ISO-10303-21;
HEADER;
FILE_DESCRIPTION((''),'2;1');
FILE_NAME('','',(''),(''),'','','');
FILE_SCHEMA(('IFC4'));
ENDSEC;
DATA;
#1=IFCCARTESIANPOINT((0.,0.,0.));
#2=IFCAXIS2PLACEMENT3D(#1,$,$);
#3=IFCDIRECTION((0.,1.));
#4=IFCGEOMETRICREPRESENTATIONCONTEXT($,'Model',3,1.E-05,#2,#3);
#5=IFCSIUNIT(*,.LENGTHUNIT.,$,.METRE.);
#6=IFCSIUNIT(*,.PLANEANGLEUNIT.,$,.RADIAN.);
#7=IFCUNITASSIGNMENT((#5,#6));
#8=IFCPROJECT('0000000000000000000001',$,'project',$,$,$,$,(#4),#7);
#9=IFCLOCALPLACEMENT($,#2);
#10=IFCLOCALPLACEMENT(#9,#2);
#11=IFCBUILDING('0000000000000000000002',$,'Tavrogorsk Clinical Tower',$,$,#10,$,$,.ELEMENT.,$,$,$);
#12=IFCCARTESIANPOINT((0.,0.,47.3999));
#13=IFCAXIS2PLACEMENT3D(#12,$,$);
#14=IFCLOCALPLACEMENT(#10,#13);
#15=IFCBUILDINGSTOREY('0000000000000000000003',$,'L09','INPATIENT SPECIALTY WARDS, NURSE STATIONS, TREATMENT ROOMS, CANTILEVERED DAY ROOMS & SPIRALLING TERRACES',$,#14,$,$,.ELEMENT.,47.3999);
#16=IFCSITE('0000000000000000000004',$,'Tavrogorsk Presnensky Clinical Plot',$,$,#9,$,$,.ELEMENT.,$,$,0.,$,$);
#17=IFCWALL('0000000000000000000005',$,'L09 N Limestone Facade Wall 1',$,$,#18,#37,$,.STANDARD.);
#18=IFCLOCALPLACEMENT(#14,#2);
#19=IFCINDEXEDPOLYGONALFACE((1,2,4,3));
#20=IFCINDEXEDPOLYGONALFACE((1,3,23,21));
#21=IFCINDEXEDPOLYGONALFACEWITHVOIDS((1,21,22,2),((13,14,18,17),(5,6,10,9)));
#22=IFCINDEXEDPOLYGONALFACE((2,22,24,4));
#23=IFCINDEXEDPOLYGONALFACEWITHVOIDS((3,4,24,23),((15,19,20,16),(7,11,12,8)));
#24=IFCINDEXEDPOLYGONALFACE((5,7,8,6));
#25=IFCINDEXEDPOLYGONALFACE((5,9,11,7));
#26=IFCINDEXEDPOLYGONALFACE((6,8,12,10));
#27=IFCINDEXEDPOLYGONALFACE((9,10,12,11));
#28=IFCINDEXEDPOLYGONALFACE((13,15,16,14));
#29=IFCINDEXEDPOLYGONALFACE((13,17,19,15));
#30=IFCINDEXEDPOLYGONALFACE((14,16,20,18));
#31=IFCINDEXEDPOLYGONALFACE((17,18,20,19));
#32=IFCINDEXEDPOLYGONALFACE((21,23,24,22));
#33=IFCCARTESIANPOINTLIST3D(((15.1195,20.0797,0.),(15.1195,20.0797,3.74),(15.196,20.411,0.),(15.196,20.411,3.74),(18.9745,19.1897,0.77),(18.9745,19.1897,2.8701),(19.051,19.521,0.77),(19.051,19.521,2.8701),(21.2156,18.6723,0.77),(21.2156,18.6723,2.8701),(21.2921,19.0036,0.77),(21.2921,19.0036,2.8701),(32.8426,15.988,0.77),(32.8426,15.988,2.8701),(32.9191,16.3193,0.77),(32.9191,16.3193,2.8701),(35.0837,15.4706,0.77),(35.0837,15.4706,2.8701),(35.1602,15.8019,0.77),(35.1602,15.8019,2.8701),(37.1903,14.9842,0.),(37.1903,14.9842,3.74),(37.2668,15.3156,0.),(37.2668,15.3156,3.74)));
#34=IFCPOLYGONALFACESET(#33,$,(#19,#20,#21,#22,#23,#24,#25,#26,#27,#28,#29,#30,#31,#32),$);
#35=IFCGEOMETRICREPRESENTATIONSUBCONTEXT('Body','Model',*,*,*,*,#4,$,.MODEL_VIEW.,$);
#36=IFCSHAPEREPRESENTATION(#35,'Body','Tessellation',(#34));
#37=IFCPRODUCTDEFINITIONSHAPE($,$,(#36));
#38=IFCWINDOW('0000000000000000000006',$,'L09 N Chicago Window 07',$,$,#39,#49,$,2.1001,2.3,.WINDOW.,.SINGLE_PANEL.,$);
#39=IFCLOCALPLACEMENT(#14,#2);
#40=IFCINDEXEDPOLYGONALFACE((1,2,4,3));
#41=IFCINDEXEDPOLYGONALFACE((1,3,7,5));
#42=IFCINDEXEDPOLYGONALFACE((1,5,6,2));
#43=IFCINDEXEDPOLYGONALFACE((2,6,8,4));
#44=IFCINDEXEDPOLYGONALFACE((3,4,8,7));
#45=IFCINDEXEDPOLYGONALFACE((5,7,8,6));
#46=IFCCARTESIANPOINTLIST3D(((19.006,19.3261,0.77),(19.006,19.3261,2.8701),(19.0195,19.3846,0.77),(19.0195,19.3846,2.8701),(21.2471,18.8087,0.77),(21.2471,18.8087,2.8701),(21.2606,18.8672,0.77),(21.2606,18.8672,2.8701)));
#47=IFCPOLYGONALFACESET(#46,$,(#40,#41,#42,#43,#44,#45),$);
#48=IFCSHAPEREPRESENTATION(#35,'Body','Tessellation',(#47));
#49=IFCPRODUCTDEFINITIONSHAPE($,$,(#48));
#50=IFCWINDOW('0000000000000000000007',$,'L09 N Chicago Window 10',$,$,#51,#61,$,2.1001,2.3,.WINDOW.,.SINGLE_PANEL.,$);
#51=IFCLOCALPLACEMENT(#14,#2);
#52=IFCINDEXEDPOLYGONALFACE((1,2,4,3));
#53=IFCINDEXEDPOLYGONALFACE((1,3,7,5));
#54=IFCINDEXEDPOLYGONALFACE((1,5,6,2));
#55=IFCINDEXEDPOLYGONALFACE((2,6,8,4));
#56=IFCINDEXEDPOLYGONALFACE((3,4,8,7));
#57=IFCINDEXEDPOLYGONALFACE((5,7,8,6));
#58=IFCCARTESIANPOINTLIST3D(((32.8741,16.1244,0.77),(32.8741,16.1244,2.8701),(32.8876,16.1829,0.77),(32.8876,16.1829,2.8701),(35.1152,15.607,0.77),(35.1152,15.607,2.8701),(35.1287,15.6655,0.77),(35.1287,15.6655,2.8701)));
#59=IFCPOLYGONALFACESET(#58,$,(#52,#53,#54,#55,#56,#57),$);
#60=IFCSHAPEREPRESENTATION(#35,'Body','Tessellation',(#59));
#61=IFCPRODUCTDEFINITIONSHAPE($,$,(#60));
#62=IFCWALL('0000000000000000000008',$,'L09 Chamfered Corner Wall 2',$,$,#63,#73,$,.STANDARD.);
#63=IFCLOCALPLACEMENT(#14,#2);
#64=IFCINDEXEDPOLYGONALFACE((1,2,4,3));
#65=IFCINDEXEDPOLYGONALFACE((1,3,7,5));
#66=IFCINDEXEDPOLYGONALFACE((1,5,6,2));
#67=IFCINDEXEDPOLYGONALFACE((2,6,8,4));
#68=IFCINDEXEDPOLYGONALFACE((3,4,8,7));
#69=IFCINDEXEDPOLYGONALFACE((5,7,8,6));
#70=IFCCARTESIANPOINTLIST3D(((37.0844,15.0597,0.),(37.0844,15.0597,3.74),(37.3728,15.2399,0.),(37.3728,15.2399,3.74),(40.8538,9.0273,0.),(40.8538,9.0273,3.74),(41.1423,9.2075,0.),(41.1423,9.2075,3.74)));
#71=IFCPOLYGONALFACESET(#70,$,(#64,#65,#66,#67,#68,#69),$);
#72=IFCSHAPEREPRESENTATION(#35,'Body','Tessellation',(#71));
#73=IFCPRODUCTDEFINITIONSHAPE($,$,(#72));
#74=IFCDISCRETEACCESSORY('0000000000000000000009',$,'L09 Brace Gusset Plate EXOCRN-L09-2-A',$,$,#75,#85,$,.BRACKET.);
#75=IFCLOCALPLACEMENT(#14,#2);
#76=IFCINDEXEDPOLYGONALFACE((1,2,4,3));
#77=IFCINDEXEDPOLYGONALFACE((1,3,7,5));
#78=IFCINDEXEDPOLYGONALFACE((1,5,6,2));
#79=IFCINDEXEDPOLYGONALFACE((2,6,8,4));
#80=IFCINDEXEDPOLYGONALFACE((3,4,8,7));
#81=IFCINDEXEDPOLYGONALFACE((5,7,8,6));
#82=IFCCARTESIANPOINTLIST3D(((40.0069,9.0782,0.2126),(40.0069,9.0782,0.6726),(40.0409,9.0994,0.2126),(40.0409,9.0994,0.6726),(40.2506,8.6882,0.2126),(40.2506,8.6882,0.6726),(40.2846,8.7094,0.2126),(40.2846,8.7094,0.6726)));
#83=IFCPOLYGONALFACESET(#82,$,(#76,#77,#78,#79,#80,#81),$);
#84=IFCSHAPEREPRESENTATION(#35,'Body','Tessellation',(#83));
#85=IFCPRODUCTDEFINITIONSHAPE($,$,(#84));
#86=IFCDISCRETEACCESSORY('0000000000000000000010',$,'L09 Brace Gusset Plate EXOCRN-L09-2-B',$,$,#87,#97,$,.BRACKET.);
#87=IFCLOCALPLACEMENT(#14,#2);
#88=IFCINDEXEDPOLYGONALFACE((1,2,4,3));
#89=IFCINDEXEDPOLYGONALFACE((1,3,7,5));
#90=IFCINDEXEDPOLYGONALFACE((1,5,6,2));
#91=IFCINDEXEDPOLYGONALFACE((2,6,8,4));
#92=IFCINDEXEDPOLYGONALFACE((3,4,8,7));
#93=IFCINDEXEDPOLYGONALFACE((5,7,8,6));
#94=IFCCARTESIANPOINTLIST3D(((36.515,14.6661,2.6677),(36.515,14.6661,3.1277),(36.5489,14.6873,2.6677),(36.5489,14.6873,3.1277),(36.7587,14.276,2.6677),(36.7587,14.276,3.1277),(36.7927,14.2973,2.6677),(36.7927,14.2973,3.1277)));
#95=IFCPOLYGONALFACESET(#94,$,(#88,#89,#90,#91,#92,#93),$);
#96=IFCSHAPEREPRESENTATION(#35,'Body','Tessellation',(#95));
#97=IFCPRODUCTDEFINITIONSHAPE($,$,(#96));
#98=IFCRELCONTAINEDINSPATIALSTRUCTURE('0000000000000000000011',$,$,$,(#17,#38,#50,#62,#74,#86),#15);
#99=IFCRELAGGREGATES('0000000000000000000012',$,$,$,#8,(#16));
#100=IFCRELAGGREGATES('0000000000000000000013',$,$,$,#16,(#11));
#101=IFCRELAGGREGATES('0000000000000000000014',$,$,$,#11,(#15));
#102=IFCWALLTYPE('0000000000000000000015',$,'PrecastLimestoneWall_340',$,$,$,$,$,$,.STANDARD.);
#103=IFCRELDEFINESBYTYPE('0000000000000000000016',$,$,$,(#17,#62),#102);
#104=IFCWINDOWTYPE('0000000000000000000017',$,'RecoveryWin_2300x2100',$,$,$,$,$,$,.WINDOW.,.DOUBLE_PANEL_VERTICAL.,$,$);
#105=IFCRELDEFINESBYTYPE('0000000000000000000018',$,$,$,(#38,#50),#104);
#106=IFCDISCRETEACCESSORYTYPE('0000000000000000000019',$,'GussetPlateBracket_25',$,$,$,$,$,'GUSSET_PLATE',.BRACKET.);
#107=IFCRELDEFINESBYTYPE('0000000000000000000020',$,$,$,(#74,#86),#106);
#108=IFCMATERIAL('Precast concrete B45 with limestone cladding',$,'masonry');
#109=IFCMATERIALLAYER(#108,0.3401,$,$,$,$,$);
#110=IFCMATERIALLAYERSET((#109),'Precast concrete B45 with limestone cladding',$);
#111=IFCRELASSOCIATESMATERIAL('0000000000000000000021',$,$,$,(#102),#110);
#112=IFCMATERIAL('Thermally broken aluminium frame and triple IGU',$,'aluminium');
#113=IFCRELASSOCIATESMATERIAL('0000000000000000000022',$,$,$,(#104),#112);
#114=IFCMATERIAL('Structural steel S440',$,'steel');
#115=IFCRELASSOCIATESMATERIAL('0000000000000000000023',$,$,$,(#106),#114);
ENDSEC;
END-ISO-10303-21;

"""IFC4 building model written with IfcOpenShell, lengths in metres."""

from ifc_helpers import new_model, si_unit, direction, frame, frame_2d, origin, origin_2d, place, context, subcontext, project, spatial, rectangle, extrude, material, layer, layer_set, type_object, element, fill, save


model = new_model("IFC4")

# Units and contexts
model_context = context("Model", 3, precision=1e-05, world=origin(), true_north=direction((0.0, 1.0)))
body_context = subcontext(model_context, "Body", "Model", "MODEL_VIEW")
ifc_project = project(units=[si_unit("LENGTHUNIT", "METRE"), si_unit("PLANEANGLEUNIT", "RADIAN")], contexts=[model_context])

# Site, building, storey
site_placement = place(None, origin())
site = spatial("IfcSite", under=ifc_project, at=site_placement, Name="Tavrogorsk Presnensky Clinical Plot", CompositionType="ELEMENT", RefElevation=0.0)
building_placement = place(site_placement, origin())
building = spatial("IfcBuilding", under=site, at=building_placement, Name="Tavrogorsk Clinical Tower", CompositionType="ELEMENT")
storey_placement = place(building_placement, frame((0.0, 0.0, 47.3999)))
storey = spatial("IfcBuildingStorey", under=building, at=storey_placement, Name="L09", Description="INPATIENT SPECIALTY WARDS, NURSE STATIONS, TREATMENT ROOMS, CANTILEVERED DAY ROOMS & SPIRALLING TERRACES", CompositionType="ELEMENT", Elevation=47.3999)

# Wall, openings, windows
ifc_material_1 = material(Name="Precast concrete B45 with limestone cladding", Category="masonry")
ifc_layer_1 = layer(ifc_material_1, 0.3401)
ifc_layer_set_1 = layer_set([ifc_layer_1], Name="Precast concrete B45 with limestone cladding")
wall_type_1 = type_object("IfcWallType", Name="PrecastLimestoneWall_340", PredefinedType="STANDARD", material=ifc_layer_set_1)
wall_1_placement = place(storey_placement, frame((37.2285, 15.1499, 0.0), z_axis=(0.0, 0.0, 1.0), x_axis=(-0.97437, 0.224952, 0.0)))
wall_1 = element("IfcWall", 1, at=wall_1_placement, inside=storey, type_object=wall_type_1, Name="L09 N Limestone Facade Wall 1", PredefinedType="STANDARD", context=body_context, shape_type="SweptSolid", body=[
    extrude(rectangle(XDim=22.6514, YDim=0.3401, at=frame_2d((11.3257, 0.0))), origin(), (0.0, 0.0, 1.0), 3.74),
])
opening_1_placement = place(wall_1_placement, frame((16.395, 0.0, 0.77)))
opening_1 = element("IfcOpeningElement", 2, at=opening_1_placement, cuts=wall_1, PredefinedType="OPENING", context=body_context, shape_type="SweptSolid", body=[
    extrude(rectangle(XDim=2.3, YDim=2.1001, at=frame_2d((1.1499, 1.05))), frame((0.0, 0.1799, 0.0), z_axis=(0.0, -1.0, 0.0), x_axis=(1.0, 0.0, 0.0)), (0.0, 0.0, 1.0), 0.3601),
])
opening_2_placement = place(wall_1_placement, frame((2.1621, 0.0, 0.77)))
opening_2 = element("IfcOpeningElement", 3, at=opening_2_placement, cuts=wall_1, PredefinedType="OPENING", context=body_context, shape_type="SweptSolid", body=[
    extrude(rectangle(XDim=2.3, YDim=2.1001, at=frame_2d((1.1499, 1.05))), frame((0.0, 0.1799, 0.0), z_axis=(0.0, -1.0, 0.0), x_axis=(1.0, 0.0, 0.0)), (0.0, 0.0, 1.0), 0.3601),
])
ifc_material_2 = material(Name="Thermally broken aluminium frame and triple IGU", Category="aluminium")
window_type = type_object("IfcWindowType", Name="RecoveryWin_2300x2100", PartitioningType="DOUBLE_PANEL_VERTICAL", PredefinedType="WINDOW", material=ifc_material_2)
window_1_placement = place(opening_1_placement, origin())
window_1 = element("IfcWindow", 4, at=window_1_placement, inside=storey, type_object=window_type, Name="L09 N Chicago Window 07", OverallHeight=2.1001, OverallWidth=2.3, PartitioningType="SINGLE_PANEL", PredefinedType="WINDOW", context=body_context, shape_type="SweptSolid", body=[
    extrude(rectangle(XDim=2.3, YDim=2.1001, at=frame_2d((1.1499, 1.05))), frame((0.0, 0.03, 0.0), z_axis=(0.0, -1.0, 0.0), x_axis=(1.0, 0.0, 0.0)), (0.0, 0.0, 1.0), 0.0601),
])
fill(opening_1, window_1)
window_2_placement = place(opening_2_placement, origin())
window_2 = element("IfcWindow", 5, at=window_2_placement, inside=storey, type_object=window_type, Name="L09 N Chicago Window 10", OverallHeight=2.1001, OverallWidth=2.3, PartitioningType="SINGLE_PANEL", PredefinedType="WINDOW", context=body_context, shape_type="SweptSolid", body=[
    extrude(rectangle(XDim=2.3, YDim=2.1001, at=frame_2d((1.1499, 1.05))), frame((0.0, 0.03, 0.0), z_axis=(0.0, -1.0, 0.0), x_axis=(1.0, 0.0, 0.0)), (0.0, 0.0, 1.0), 0.0601),
])
fill(opening_2, window_2)

# Wall
wall_2_placement = place(storey_placement, frame((40.998, 9.1174, 0.0), z_axis=(0.0, 0.0, 1.0), x_axis=(-0.529922, 0.848047, 0.0)))
element("IfcWall", 6, at=wall_2_placement, inside=storey, type_object=wall_type_1, Name="L09 Chamfered Corner Wall 2", PredefinedType="STANDARD", context=body_context, shape_type="SweptSolid", body=[
    extrude(rectangle(XDim=7.1133, YDim=0.3401, at=frame_2d((3.5566, 0.0))), origin(), (0.0, 0.0, 1.0), 3.74),
])

# Discrete accessories
ifc_material_3 = material(Name="Structural steel S440", Category="steel")
discrete_accessory_type = type_object("IfcDiscreteAccessoryType", Name="GussetPlateBracket_25", ElementType="GUSSET_PLATE", PredefinedType="BRACKET", material=ifc_material_3)
for number, where, z_axis, x_axis, name in (
    (7, (40.1458, 8.8938, 0.2126), (0.0, 0.0, 1.0), (-0.529919, 0.848048, 0.0), "L09 Brace Gusset Plate EXOCRN-L09-2-A"),
    (8, (36.6538, 14.4817, 2.6677), (0.0, 0.0, 1.0), (-0.529919, 0.848048, 0.0), "L09 Brace Gusset Plate EXOCRN-L09-2-B"),
):
    element("IfcDiscreteAccessory", number, at=place(storey_placement, frame(where, z_axis=z_axis, x_axis=x_axis)), inside=storey, type_object=discrete_accessory_type, Name=name, PredefinedType="BRACKET", context=body_context, shape_type="SweptSolid", body=[
        extrude(rectangle(XDim=0.46, YDim=0.04, at=origin_2d()), origin(), (0.0, 0.0, 1.0), 0.46),
    ])

save(model, "model.ifc")
